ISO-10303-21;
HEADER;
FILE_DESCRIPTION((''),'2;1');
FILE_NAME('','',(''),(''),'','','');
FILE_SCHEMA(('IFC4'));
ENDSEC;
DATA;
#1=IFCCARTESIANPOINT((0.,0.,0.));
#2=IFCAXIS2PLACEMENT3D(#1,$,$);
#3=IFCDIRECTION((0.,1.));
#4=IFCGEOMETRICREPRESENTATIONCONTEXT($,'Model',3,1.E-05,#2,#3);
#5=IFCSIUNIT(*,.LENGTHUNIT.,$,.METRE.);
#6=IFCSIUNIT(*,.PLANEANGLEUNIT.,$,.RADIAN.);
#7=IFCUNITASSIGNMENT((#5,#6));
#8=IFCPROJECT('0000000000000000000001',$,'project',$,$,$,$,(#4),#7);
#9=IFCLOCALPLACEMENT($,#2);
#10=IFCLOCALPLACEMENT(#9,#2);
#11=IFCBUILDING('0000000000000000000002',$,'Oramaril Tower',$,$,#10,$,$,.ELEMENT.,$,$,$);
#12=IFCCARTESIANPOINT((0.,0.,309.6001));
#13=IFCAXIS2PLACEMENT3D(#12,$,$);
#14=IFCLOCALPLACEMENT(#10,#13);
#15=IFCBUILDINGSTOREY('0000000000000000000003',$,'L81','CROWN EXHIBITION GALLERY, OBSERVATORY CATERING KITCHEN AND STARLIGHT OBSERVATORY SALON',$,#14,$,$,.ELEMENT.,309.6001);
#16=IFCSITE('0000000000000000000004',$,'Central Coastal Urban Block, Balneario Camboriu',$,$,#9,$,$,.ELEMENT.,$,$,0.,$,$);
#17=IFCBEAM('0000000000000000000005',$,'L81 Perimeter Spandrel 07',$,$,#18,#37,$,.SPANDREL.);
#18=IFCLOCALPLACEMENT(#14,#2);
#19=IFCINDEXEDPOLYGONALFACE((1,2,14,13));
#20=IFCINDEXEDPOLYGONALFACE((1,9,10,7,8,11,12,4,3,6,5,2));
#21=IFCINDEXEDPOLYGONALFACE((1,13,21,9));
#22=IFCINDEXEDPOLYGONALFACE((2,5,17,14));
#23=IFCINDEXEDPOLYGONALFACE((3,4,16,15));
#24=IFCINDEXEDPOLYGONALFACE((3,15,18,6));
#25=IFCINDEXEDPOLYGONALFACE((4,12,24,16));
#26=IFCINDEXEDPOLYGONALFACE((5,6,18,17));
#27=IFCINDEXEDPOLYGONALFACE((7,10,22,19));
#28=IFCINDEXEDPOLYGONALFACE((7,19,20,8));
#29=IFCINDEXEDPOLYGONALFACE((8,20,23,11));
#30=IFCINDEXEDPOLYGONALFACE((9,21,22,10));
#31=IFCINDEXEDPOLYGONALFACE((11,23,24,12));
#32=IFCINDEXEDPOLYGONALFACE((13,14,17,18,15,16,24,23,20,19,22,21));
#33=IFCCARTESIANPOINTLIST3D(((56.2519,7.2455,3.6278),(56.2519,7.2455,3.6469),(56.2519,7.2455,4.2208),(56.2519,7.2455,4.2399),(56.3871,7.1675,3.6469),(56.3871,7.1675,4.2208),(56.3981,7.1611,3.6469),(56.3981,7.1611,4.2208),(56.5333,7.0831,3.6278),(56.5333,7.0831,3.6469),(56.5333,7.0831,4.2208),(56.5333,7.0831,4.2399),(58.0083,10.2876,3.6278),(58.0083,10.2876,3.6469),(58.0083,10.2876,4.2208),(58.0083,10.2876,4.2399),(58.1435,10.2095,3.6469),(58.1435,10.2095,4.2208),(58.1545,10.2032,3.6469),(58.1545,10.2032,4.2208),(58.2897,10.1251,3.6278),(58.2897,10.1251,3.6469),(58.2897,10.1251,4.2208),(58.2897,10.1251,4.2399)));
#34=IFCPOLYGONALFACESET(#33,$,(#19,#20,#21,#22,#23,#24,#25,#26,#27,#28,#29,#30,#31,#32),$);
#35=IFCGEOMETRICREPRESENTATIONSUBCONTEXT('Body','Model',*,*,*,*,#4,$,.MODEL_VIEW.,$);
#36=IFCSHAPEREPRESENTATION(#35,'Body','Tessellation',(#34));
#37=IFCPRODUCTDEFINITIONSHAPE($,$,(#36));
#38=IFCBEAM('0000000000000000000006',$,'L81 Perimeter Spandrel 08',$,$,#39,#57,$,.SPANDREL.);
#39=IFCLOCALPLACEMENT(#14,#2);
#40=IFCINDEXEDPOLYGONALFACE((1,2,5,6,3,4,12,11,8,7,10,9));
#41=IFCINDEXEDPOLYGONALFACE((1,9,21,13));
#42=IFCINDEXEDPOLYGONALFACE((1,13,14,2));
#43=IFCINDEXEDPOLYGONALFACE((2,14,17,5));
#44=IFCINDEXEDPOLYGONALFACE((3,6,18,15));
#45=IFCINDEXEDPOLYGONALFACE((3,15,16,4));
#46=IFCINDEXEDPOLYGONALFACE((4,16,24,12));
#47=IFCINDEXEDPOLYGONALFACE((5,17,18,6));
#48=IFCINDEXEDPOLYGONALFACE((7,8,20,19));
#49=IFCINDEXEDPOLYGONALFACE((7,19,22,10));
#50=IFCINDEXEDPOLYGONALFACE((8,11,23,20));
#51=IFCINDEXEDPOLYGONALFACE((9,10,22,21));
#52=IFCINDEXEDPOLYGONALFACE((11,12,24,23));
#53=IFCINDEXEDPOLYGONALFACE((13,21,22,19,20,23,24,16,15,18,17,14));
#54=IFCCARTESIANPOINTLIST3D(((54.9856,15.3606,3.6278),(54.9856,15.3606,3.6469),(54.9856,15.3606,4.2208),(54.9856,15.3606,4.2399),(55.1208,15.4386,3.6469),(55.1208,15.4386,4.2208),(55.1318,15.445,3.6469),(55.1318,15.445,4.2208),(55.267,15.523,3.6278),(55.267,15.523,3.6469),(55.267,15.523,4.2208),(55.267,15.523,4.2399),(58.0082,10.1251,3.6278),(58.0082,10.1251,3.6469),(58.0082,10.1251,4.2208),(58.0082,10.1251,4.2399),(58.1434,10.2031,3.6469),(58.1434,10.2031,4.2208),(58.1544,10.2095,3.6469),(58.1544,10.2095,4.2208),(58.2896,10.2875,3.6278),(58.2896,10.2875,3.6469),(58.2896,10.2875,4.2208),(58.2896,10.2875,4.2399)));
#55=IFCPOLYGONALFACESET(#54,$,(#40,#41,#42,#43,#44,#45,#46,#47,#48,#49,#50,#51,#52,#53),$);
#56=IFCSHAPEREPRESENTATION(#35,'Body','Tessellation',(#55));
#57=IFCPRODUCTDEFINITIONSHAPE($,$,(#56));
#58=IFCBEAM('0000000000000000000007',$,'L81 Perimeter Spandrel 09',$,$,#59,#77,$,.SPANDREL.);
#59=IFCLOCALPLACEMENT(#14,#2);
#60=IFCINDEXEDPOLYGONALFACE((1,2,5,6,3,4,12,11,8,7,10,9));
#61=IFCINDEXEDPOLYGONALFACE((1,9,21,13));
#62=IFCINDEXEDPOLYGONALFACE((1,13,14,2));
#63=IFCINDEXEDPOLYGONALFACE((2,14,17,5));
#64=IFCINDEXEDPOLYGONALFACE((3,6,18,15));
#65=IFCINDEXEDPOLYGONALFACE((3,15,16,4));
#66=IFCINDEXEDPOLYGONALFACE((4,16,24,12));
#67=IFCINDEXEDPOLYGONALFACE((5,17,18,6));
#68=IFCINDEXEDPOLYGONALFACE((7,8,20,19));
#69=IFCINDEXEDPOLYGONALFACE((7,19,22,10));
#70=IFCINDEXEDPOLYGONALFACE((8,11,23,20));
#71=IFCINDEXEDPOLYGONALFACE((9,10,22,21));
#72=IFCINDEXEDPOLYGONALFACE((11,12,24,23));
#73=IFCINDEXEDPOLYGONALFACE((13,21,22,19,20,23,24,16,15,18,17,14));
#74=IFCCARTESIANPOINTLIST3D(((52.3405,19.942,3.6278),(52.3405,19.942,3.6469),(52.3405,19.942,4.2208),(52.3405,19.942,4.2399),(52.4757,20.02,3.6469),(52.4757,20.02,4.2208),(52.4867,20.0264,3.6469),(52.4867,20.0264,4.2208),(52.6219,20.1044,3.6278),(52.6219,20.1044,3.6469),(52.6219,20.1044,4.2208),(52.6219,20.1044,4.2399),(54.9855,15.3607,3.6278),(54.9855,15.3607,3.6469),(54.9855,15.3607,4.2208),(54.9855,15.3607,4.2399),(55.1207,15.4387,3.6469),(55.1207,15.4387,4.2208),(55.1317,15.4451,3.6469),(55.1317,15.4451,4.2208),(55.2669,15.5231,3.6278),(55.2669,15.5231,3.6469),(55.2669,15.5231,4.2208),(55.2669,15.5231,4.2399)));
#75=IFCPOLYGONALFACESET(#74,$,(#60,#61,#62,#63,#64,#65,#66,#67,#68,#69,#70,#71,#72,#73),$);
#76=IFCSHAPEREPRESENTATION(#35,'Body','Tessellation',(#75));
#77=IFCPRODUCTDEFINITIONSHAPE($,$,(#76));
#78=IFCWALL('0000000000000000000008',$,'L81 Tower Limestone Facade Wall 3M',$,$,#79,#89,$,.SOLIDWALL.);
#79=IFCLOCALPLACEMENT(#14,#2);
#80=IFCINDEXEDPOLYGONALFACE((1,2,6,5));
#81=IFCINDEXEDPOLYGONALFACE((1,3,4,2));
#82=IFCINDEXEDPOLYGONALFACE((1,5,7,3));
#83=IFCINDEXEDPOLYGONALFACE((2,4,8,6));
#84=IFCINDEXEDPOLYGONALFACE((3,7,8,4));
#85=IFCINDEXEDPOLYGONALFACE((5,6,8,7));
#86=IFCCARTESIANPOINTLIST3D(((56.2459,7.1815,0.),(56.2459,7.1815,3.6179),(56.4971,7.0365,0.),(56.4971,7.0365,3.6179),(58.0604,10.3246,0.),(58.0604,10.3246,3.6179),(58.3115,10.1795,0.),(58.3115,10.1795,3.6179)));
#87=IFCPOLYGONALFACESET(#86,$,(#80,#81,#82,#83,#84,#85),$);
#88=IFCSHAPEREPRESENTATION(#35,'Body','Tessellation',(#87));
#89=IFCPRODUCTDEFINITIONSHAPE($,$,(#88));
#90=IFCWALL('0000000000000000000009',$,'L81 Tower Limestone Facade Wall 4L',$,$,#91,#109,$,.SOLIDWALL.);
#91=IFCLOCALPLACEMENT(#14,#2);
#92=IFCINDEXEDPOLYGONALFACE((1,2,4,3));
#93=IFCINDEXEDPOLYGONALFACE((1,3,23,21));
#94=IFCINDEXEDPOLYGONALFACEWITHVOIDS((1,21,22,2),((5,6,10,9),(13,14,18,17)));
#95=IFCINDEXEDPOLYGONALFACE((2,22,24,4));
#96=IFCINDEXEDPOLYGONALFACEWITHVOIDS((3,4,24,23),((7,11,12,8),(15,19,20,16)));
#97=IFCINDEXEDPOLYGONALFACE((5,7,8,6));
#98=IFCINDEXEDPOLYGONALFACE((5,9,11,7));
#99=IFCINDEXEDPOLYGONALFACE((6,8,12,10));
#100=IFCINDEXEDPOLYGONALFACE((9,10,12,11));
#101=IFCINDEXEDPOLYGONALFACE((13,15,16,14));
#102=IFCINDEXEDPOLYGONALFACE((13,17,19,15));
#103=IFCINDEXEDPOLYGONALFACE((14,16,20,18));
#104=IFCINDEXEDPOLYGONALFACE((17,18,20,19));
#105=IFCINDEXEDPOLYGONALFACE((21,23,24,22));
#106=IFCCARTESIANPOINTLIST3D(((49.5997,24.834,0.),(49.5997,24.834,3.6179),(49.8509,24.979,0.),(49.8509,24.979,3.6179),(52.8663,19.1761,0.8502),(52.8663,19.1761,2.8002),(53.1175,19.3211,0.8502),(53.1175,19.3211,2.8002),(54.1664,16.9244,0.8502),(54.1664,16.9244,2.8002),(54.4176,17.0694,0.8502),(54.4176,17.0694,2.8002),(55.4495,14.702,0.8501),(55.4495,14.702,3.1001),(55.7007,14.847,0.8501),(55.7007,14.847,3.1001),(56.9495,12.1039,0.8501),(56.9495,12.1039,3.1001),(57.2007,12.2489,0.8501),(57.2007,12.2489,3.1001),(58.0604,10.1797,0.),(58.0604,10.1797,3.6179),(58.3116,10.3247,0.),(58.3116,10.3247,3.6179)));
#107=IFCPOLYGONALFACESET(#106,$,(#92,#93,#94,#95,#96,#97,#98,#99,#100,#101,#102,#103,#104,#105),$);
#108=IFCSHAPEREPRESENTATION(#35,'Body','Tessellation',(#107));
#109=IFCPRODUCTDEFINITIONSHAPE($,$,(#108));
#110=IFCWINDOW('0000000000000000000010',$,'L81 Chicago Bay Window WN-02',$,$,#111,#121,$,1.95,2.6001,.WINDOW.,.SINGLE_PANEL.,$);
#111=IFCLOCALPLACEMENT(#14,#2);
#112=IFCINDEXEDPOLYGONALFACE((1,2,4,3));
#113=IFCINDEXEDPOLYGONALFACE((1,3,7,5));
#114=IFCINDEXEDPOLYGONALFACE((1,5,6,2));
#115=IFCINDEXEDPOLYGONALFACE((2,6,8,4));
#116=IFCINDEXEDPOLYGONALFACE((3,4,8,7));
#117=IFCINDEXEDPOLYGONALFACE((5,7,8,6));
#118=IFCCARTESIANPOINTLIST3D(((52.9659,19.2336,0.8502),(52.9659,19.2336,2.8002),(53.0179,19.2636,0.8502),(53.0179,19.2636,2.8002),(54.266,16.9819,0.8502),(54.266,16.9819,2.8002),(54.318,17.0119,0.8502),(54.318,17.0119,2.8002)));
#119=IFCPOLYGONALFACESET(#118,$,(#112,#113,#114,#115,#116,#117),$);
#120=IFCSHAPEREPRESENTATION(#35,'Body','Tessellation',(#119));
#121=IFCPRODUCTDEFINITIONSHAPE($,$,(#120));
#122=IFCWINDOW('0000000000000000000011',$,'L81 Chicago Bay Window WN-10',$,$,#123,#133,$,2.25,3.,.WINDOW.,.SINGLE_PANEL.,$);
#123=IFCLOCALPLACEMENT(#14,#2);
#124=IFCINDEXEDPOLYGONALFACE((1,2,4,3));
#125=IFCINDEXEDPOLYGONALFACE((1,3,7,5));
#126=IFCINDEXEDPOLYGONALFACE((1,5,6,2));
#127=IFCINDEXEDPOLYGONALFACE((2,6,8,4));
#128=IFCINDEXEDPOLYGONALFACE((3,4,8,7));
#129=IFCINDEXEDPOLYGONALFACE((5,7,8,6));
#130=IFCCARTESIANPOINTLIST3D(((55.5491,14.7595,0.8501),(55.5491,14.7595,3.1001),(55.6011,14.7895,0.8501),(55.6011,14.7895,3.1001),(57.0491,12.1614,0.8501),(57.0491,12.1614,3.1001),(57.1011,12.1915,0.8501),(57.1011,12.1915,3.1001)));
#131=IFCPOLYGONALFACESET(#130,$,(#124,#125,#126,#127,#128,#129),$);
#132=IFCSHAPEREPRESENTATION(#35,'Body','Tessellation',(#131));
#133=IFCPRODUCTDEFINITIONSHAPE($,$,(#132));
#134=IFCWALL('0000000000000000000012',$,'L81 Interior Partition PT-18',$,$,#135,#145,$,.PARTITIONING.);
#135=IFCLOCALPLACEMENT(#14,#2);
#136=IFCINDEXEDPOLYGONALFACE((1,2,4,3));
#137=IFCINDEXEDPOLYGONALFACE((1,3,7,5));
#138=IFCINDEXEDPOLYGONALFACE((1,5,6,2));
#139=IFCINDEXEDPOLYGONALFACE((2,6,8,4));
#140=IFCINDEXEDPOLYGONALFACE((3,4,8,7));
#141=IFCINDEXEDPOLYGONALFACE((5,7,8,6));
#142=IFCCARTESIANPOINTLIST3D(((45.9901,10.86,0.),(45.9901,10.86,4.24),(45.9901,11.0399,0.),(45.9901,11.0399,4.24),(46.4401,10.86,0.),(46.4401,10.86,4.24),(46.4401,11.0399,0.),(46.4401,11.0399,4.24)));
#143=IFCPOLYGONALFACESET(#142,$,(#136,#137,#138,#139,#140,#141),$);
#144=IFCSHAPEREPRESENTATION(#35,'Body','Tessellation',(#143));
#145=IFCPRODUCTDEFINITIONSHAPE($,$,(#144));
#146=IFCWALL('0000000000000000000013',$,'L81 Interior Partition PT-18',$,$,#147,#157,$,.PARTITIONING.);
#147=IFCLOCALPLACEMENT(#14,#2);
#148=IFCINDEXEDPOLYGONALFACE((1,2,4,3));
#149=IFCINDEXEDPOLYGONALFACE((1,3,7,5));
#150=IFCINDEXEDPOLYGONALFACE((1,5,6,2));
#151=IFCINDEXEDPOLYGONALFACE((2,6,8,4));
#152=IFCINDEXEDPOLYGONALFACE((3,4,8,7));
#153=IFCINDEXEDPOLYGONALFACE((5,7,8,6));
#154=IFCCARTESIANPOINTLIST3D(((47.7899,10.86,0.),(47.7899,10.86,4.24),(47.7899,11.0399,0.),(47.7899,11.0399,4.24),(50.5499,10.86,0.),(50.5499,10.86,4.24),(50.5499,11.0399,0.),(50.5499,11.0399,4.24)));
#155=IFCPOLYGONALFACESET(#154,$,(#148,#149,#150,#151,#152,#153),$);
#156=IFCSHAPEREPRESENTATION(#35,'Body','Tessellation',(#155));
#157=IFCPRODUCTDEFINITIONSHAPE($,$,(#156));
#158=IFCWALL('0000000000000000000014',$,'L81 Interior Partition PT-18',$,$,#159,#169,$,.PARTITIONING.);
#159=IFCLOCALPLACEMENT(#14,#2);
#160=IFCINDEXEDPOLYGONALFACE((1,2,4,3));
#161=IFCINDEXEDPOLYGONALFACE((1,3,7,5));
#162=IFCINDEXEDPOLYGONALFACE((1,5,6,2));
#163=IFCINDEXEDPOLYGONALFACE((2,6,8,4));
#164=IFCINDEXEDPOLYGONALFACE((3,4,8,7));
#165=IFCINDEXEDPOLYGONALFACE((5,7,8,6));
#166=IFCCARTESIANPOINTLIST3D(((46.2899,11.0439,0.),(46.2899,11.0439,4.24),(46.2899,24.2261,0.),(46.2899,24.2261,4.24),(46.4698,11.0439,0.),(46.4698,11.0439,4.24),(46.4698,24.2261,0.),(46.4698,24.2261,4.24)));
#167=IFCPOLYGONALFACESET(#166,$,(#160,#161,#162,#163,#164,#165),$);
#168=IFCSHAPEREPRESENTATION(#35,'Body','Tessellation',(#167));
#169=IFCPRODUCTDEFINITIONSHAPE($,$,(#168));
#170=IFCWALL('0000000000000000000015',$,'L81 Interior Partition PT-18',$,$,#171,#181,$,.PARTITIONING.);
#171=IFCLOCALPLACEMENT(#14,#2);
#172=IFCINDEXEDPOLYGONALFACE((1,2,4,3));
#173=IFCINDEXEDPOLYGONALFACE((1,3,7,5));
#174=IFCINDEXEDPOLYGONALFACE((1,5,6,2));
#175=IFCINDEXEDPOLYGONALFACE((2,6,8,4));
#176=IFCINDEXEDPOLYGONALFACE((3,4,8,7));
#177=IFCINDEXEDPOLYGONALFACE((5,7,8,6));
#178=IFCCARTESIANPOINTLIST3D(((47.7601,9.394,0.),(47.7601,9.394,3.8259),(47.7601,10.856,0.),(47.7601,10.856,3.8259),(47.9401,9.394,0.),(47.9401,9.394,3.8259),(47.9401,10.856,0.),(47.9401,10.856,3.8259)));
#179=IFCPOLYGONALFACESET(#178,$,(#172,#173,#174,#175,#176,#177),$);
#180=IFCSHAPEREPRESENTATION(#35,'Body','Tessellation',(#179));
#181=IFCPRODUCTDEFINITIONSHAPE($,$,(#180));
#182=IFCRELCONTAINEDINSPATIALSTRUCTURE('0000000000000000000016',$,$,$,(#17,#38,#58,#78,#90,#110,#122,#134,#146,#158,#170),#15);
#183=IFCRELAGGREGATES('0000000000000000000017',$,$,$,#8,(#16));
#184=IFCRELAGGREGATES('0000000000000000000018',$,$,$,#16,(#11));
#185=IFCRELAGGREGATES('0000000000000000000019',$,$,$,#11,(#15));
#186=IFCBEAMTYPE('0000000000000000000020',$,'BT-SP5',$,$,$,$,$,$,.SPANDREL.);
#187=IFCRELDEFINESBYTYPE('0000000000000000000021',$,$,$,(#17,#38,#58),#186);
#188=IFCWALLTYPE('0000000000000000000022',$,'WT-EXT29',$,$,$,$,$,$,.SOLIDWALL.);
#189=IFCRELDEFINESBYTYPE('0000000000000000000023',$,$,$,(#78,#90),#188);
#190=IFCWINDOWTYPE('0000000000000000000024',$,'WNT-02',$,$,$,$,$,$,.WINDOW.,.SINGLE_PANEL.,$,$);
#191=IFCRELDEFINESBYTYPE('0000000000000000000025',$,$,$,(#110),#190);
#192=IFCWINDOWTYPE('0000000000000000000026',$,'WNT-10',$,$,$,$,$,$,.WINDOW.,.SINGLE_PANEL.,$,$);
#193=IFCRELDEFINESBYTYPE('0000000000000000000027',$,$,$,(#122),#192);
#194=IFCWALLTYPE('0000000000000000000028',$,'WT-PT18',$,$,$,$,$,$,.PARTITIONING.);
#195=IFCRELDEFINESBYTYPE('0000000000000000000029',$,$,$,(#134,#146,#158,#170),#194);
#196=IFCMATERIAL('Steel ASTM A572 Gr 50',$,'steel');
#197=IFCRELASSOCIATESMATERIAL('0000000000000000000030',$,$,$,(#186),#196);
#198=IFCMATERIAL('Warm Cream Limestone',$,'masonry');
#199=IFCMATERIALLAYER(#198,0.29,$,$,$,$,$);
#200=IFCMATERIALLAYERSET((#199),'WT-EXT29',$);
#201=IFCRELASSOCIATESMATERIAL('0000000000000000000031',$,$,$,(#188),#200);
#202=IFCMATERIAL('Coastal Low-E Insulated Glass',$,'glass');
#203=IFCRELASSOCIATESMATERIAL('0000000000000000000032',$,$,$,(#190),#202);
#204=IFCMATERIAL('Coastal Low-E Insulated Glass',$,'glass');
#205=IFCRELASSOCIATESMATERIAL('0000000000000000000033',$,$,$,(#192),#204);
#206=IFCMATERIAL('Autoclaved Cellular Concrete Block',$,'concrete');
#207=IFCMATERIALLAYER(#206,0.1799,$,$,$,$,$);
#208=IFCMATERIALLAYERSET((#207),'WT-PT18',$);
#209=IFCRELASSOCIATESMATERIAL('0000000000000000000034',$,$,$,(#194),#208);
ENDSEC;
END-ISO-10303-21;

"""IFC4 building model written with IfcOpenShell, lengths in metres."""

from ifc_helpers import new_model, si_unit, direction, frame, frame_2d, origin, origin_2d, place, context, subcontext, project, spatial, rectangle, i_section, extrude, material, layer, layer_set, material_profile, profile_set, type_object, element, fill, save


model = new_model("IFC4")

# Units and contexts
model_context = context("Model", 3, precision=1e-05, world=origin(), true_north=direction((0.0, 1.0)))
body_context = subcontext(model_context, "Body", "Model", "MODEL_VIEW")
ifc_project = project(units=[si_unit("LENGTHUNIT", "METRE"), si_unit("PLANEANGLEUNIT", "RADIAN")], contexts=[model_context])

# Site, building, storey
site_placement = place(None, origin())
site = spatial("IfcSite", under=ifc_project, at=site_placement, Name="Central Coastal Urban Block, Balneario Camboriu", CompositionType="ELEMENT", RefElevation=0.0)
building_placement = place(site_placement, origin())
building = spatial("IfcBuilding", under=site, at=building_placement, Name="Oramaril Tower", CompositionType="ELEMENT")
storey_placement = place(building_placement, frame((0.0, 0.0, 309.6001)))
storey = spatial("IfcBuildingStorey", under=building, at=storey_placement, Name="L81", Description="CROWN EXHIBITION GALLERY, OBSERVATORY CATERING KITCHEN AND STARLIGHT OBSERVATORY SALON", CompositionType="ELEMENT", Elevation=309.6001)

# Beams
ifc_material_1 = material(Name="Steel ASTM A572 Gr 50", Category="steel")
ifc_material_profile_1 = material_profile(ifc_material_1, i_section(OverallWidth=0.325, OverallDepth=0.6121, WebThickness=0.0127, FlangeThickness=0.019, at=origin_2d()), Name="W24X104")
ifc_profile_set_1 = profile_set([ifc_material_profile_1], Name="Steel ASTM A572 Gr 50")
beam_type_1 = type_object("IfcBeamType", Name="BT-SP5", PredefinedType="SPANDREL", material=ifc_profile_set_1)
beam_1_placement = place(storey_placement, frame((56.3926, 7.1643, 3.9338), z_axis=(0.500011, 0.866019, 0.0), x_axis=(-0.866019, 0.500011, 0.0)))
element("IfcBeam", 1, at=beam_1_placement, inside=storey, type_object=beam_type_1, Name="L81 Perimeter Spandrel 07", PredefinedType="SPANDREL", context=body_context, shape_type="SweptSolid", body=[
    extrude(i_section(OverallWidth=0.325, OverallDepth=0.6121, WebThickness=0.0127, FlangeThickness=0.019, at=origin_2d()), origin(), (0.0, 0.0, 1.0), 3.5127),
])
beam_2_placement = place(storey_placement, frame((58.1489, 10.2063, 3.9338), z_axis=(-0.499992, 0.86603, 0.0), x_axis=(-0.86603, -0.499992, 0.0)))
element("IfcBeam", 2, at=beam_2_placement, inside=storey, type_object=beam_type_1, Name="L81 Perimeter Spandrel 08", PredefinedType="SPANDREL", context=body_context, shape_type="SweptSolid", body=[
    extrude(i_section(OverallWidth=0.325, OverallDepth=0.6121, WebThickness=0.0127, FlangeThickness=0.019, at=origin_2d()), origin(), (0.0, 0.0, 1.0), 6.0454),
])
beam_3_placement = place(storey_placement, frame((55.1262, 15.4419, 3.9338), z_axis=(-0.500001, 0.866025, 0.0), x_axis=(-0.866025, -0.500001, 0.0)))
element("IfcBeam", 3, at=beam_3_placement, inside=storey, type_object=beam_type_1, Name="L81 Perimeter Spandrel 09", PredefinedType="SPANDREL", context=body_context, shape_type="SweptSolid", body=[
    extrude(i_section(OverallWidth=0.325, OverallDepth=0.6121, WebThickness=0.0127, FlangeThickness=0.019, at=origin_2d()), origin(), (0.0, 0.0, 1.0), 5.29),
])

# Wall
ifc_material_2 = material(Name="Warm Cream Limestone", Category="masonry")
ifc_layer_1 = layer(ifc_material_2, 0.29)
ifc_layer_set_1 = layer_set([ifc_layer_1], Name="WT-EXT29")
wall_type_1 = type_object("IfcWallType", Name="WT-EXT29", PredefinedType="SOLIDWALL", material=ifc_layer_set_1)
wall_1_placement = place(storey_placement, frame((56.3716, 7.1091, 0.0), z_axis=(0.0, 0.0, 1.0), x_axis=(0.499959, 0.866049, 0.0)))
element("IfcWall", 4, at=wall_1_placement, inside=storey, type_object=wall_type_1, Name="L81 Tower Limestone Facade Wall 3M", PredefinedType="SOLIDWALL", context=body_context, shape_type="SweptSolid", body=[
    extrude(rectangle(XDim=3.6292, YDim=0.29, at=frame_2d((1.8145, 0.0))), origin(), (0.0, 0.0, 1.0), 3.6179),
])

# Wall, openings, windows
wall_2_placement = place(storey_placement, frame((58.186, 10.2522, 0.0), z_axis=(0.0, 0.0, 1.0), x_axis=(-0.500001, 0.866025, 0.0)))
wall_2 = element("IfcWall", 5, at=wall_2_placement, inside=storey, type_object=wall_type_1, Name="L81 Tower Limestone Facade Wall 4L", PredefinedType="SOLIDWALL", context=body_context, shape_type="SweptSolid", body=[
    extrude(rectangle(XDim=16.9214, YDim=0.29, at=frame_2d((8.4607, 0.0))), origin(), (0.0, 0.0, 1.0), 3.6179),
])
opening_1_placement = place(wall_2_placement, frame((2.2219, 0.0, 0.8501)))
opening_1 = element("IfcOpeningElement", 6, at=opening_1_placement, cuts=wall_2, PredefinedType="OPENING", context=body_context, shape_type="SweptSolid", body=[
    extrude(rectangle(XDim=3.0, YDim=2.25, at=frame_2d((1.5, 1.125))), frame((0.0, 0.145, 0.0), z_axis=(0.0, -1.0, 0.0), x_axis=(1.0, 0.0, 0.0)), (0.0, 0.0, 1.0), 0.29),
])
opening_2_placement = place(wall_2_placement, frame((7.7881, 0.0, 0.8501)))
opening_2 = element("IfcOpeningElement", 7, at=opening_2_placement, cuts=wall_2, PredefinedType="OPENING", context=body_context, shape_type="SweptSolid", body=[
    extrude(rectangle(XDim=2.6001, YDim=1.95, at=frame_2d((1.3, 0.9751))), frame((0.0, 0.145, 0.0), z_axis=(0.0, -1.0, 0.0), x_axis=(1.0, 0.0, 0.0)), (0.0, 0.0, 1.0), 0.29),
])
ifc_material_3 = material(Name="Coastal Low-E Insulated Glass", Category="glass")
window_type_1 = type_object("IfcWindowType", Name="WNT-02", PartitioningType="SINGLE_PANEL", PredefinedType="WINDOW", material=ifc_material_3)
window_1_placement = place(opening_2_placement, origin())
window_1 = element("IfcWindow", 8, at=window_1_placement, inside=storey, type_object=window_type_1, Name="L81 Chicago Bay Window WN-02", OverallHeight=1.95, OverallWidth=2.6001, PartitioningType="SINGLE_PANEL", PredefinedType="WINDOW", context=body_context, shape_type="SweptSolid", body=[
    extrude(rectangle(XDim=2.6001, YDim=1.95, at=frame_2d((1.3, 0.9751))), frame((0.0, 0.03, 0.0), z_axis=(0.0, -1.0, 0.0), x_axis=(1.0, 0.0, 0.0)), (0.0, 0.0, 1.0), 0.0601),
])
fill(opening_2, window_1)
ifc_material_4 = material(Name="Coastal Low-E Insulated Glass", Category="glass")
window_type_2 = type_object("IfcWindowType", Name="WNT-10", PartitioningType="SINGLE_PANEL", PredefinedType="WINDOW", material=ifc_material_4)
window_2_placement = place(opening_1_placement, origin())
window_2 = element("IfcWindow", 9, at=window_2_placement, inside=storey, type_object=window_type_2, Name="L81 Chicago Bay Window WN-10", OverallHeight=2.25, OverallWidth=3.0, PartitioningType="SINGLE_PANEL", PredefinedType="WINDOW", context=body_context, shape_type="SweptSolid", body=[
    extrude(rectangle(XDim=3.0, YDim=2.25, at=frame_2d((1.5, 1.125))), frame((0.0, 0.03, 0.0), z_axis=(0.0, -1.0, 0.0), x_axis=(1.0, 0.0, 0.0)), (0.0, 0.0, 1.0), 0.0601),
])
fill(opening_1, window_2)

# Walls
ifc_material_5 = material(Name="Autoclaved Cellular Concrete Block", Category="concrete")
ifc_layer_2 = layer(ifc_material_5, 0.1799)
ifc_layer_set_2 = layer_set([ifc_layer_2], Name="WT-PT18")
wall_type_2 = type_object("IfcWallType", Name="WT-PT18", PredefinedType="PARTITIONING", material=ifc_layer_set_2)
wall_3_placement = place(storey_placement, frame((45.99, 10.95, 0.0), z_axis=(0.0, 0.0, 1.0), x_axis=(1.0, 0.0, 0.0)))
element("IfcWall", 10, at=wall_3_placement, inside=storey, type_object=wall_type_2, Name="L81 Interior Partition PT-18", PredefinedType="PARTITIONING", context=body_context, shape_type="SweptSolid", body=[
    extrude(rectangle(XDim=0.45, YDim=0.1799, at=frame_2d((0.2251, 0.0))), origin(), (0.0, 0.0, 1.0), 4.24),
])
wall_4_placement = place(storey_placement, frame((47.79, 10.95, 0.0), z_axis=(0.0, 0.0, 1.0), x_axis=(1.0, 0.0, 0.0)))
element("IfcWall", 11, at=wall_4_placement, inside=storey, type_object=wall_type_2, Name="L81 Interior Partition PT-18", PredefinedType="PARTITIONING", context=body_context, shape_type="SweptSolid", body=[
    extrude(rectangle(XDim=2.76, YDim=0.1799, at=frame_2d((1.3799, 0.0))), origin(), (0.0, 0.0, 1.0), 4.24),
])
wall_5_placement = place(storey_placement, frame((46.3799, 11.0439, 0.0), z_axis=(0.0, 0.0, 1.0), x_axis=(0.0, 1.0, 0.0)))
element("IfcWall", 12, at=wall_5_placement, inside=storey, type_object=wall_type_2, Name="L81 Interior Partition PT-18", PredefinedType="PARTITIONING", context=body_context, shape_type="SweptSolid", body=[
    extrude(rectangle(XDim=13.1821, YDim=0.1799, at=frame_2d((6.5911, 0.0))), origin(), (0.0, 0.0, 1.0), 4.24),
])
wall_6_placement = place(storey_placement, frame((47.8501, 9.394, 0.0), z_axis=(0.0, 0.0, 1.0), x_axis=(0.0, 1.0, 0.0)))
element("IfcWall", 13, at=wall_6_placement, inside=storey, type_object=wall_type_2, Name="L81 Interior Partition PT-18", PredefinedType="PARTITIONING", context=body_context, shape_type="SweptSolid", body=[
    extrude(rectangle(XDim=1.4619, YDim=0.1799, at=frame_2d((0.731, 0.0))), origin(), (0.0, 0.0, 1.0), 3.8259),
])

save(model, "model.ifc")
